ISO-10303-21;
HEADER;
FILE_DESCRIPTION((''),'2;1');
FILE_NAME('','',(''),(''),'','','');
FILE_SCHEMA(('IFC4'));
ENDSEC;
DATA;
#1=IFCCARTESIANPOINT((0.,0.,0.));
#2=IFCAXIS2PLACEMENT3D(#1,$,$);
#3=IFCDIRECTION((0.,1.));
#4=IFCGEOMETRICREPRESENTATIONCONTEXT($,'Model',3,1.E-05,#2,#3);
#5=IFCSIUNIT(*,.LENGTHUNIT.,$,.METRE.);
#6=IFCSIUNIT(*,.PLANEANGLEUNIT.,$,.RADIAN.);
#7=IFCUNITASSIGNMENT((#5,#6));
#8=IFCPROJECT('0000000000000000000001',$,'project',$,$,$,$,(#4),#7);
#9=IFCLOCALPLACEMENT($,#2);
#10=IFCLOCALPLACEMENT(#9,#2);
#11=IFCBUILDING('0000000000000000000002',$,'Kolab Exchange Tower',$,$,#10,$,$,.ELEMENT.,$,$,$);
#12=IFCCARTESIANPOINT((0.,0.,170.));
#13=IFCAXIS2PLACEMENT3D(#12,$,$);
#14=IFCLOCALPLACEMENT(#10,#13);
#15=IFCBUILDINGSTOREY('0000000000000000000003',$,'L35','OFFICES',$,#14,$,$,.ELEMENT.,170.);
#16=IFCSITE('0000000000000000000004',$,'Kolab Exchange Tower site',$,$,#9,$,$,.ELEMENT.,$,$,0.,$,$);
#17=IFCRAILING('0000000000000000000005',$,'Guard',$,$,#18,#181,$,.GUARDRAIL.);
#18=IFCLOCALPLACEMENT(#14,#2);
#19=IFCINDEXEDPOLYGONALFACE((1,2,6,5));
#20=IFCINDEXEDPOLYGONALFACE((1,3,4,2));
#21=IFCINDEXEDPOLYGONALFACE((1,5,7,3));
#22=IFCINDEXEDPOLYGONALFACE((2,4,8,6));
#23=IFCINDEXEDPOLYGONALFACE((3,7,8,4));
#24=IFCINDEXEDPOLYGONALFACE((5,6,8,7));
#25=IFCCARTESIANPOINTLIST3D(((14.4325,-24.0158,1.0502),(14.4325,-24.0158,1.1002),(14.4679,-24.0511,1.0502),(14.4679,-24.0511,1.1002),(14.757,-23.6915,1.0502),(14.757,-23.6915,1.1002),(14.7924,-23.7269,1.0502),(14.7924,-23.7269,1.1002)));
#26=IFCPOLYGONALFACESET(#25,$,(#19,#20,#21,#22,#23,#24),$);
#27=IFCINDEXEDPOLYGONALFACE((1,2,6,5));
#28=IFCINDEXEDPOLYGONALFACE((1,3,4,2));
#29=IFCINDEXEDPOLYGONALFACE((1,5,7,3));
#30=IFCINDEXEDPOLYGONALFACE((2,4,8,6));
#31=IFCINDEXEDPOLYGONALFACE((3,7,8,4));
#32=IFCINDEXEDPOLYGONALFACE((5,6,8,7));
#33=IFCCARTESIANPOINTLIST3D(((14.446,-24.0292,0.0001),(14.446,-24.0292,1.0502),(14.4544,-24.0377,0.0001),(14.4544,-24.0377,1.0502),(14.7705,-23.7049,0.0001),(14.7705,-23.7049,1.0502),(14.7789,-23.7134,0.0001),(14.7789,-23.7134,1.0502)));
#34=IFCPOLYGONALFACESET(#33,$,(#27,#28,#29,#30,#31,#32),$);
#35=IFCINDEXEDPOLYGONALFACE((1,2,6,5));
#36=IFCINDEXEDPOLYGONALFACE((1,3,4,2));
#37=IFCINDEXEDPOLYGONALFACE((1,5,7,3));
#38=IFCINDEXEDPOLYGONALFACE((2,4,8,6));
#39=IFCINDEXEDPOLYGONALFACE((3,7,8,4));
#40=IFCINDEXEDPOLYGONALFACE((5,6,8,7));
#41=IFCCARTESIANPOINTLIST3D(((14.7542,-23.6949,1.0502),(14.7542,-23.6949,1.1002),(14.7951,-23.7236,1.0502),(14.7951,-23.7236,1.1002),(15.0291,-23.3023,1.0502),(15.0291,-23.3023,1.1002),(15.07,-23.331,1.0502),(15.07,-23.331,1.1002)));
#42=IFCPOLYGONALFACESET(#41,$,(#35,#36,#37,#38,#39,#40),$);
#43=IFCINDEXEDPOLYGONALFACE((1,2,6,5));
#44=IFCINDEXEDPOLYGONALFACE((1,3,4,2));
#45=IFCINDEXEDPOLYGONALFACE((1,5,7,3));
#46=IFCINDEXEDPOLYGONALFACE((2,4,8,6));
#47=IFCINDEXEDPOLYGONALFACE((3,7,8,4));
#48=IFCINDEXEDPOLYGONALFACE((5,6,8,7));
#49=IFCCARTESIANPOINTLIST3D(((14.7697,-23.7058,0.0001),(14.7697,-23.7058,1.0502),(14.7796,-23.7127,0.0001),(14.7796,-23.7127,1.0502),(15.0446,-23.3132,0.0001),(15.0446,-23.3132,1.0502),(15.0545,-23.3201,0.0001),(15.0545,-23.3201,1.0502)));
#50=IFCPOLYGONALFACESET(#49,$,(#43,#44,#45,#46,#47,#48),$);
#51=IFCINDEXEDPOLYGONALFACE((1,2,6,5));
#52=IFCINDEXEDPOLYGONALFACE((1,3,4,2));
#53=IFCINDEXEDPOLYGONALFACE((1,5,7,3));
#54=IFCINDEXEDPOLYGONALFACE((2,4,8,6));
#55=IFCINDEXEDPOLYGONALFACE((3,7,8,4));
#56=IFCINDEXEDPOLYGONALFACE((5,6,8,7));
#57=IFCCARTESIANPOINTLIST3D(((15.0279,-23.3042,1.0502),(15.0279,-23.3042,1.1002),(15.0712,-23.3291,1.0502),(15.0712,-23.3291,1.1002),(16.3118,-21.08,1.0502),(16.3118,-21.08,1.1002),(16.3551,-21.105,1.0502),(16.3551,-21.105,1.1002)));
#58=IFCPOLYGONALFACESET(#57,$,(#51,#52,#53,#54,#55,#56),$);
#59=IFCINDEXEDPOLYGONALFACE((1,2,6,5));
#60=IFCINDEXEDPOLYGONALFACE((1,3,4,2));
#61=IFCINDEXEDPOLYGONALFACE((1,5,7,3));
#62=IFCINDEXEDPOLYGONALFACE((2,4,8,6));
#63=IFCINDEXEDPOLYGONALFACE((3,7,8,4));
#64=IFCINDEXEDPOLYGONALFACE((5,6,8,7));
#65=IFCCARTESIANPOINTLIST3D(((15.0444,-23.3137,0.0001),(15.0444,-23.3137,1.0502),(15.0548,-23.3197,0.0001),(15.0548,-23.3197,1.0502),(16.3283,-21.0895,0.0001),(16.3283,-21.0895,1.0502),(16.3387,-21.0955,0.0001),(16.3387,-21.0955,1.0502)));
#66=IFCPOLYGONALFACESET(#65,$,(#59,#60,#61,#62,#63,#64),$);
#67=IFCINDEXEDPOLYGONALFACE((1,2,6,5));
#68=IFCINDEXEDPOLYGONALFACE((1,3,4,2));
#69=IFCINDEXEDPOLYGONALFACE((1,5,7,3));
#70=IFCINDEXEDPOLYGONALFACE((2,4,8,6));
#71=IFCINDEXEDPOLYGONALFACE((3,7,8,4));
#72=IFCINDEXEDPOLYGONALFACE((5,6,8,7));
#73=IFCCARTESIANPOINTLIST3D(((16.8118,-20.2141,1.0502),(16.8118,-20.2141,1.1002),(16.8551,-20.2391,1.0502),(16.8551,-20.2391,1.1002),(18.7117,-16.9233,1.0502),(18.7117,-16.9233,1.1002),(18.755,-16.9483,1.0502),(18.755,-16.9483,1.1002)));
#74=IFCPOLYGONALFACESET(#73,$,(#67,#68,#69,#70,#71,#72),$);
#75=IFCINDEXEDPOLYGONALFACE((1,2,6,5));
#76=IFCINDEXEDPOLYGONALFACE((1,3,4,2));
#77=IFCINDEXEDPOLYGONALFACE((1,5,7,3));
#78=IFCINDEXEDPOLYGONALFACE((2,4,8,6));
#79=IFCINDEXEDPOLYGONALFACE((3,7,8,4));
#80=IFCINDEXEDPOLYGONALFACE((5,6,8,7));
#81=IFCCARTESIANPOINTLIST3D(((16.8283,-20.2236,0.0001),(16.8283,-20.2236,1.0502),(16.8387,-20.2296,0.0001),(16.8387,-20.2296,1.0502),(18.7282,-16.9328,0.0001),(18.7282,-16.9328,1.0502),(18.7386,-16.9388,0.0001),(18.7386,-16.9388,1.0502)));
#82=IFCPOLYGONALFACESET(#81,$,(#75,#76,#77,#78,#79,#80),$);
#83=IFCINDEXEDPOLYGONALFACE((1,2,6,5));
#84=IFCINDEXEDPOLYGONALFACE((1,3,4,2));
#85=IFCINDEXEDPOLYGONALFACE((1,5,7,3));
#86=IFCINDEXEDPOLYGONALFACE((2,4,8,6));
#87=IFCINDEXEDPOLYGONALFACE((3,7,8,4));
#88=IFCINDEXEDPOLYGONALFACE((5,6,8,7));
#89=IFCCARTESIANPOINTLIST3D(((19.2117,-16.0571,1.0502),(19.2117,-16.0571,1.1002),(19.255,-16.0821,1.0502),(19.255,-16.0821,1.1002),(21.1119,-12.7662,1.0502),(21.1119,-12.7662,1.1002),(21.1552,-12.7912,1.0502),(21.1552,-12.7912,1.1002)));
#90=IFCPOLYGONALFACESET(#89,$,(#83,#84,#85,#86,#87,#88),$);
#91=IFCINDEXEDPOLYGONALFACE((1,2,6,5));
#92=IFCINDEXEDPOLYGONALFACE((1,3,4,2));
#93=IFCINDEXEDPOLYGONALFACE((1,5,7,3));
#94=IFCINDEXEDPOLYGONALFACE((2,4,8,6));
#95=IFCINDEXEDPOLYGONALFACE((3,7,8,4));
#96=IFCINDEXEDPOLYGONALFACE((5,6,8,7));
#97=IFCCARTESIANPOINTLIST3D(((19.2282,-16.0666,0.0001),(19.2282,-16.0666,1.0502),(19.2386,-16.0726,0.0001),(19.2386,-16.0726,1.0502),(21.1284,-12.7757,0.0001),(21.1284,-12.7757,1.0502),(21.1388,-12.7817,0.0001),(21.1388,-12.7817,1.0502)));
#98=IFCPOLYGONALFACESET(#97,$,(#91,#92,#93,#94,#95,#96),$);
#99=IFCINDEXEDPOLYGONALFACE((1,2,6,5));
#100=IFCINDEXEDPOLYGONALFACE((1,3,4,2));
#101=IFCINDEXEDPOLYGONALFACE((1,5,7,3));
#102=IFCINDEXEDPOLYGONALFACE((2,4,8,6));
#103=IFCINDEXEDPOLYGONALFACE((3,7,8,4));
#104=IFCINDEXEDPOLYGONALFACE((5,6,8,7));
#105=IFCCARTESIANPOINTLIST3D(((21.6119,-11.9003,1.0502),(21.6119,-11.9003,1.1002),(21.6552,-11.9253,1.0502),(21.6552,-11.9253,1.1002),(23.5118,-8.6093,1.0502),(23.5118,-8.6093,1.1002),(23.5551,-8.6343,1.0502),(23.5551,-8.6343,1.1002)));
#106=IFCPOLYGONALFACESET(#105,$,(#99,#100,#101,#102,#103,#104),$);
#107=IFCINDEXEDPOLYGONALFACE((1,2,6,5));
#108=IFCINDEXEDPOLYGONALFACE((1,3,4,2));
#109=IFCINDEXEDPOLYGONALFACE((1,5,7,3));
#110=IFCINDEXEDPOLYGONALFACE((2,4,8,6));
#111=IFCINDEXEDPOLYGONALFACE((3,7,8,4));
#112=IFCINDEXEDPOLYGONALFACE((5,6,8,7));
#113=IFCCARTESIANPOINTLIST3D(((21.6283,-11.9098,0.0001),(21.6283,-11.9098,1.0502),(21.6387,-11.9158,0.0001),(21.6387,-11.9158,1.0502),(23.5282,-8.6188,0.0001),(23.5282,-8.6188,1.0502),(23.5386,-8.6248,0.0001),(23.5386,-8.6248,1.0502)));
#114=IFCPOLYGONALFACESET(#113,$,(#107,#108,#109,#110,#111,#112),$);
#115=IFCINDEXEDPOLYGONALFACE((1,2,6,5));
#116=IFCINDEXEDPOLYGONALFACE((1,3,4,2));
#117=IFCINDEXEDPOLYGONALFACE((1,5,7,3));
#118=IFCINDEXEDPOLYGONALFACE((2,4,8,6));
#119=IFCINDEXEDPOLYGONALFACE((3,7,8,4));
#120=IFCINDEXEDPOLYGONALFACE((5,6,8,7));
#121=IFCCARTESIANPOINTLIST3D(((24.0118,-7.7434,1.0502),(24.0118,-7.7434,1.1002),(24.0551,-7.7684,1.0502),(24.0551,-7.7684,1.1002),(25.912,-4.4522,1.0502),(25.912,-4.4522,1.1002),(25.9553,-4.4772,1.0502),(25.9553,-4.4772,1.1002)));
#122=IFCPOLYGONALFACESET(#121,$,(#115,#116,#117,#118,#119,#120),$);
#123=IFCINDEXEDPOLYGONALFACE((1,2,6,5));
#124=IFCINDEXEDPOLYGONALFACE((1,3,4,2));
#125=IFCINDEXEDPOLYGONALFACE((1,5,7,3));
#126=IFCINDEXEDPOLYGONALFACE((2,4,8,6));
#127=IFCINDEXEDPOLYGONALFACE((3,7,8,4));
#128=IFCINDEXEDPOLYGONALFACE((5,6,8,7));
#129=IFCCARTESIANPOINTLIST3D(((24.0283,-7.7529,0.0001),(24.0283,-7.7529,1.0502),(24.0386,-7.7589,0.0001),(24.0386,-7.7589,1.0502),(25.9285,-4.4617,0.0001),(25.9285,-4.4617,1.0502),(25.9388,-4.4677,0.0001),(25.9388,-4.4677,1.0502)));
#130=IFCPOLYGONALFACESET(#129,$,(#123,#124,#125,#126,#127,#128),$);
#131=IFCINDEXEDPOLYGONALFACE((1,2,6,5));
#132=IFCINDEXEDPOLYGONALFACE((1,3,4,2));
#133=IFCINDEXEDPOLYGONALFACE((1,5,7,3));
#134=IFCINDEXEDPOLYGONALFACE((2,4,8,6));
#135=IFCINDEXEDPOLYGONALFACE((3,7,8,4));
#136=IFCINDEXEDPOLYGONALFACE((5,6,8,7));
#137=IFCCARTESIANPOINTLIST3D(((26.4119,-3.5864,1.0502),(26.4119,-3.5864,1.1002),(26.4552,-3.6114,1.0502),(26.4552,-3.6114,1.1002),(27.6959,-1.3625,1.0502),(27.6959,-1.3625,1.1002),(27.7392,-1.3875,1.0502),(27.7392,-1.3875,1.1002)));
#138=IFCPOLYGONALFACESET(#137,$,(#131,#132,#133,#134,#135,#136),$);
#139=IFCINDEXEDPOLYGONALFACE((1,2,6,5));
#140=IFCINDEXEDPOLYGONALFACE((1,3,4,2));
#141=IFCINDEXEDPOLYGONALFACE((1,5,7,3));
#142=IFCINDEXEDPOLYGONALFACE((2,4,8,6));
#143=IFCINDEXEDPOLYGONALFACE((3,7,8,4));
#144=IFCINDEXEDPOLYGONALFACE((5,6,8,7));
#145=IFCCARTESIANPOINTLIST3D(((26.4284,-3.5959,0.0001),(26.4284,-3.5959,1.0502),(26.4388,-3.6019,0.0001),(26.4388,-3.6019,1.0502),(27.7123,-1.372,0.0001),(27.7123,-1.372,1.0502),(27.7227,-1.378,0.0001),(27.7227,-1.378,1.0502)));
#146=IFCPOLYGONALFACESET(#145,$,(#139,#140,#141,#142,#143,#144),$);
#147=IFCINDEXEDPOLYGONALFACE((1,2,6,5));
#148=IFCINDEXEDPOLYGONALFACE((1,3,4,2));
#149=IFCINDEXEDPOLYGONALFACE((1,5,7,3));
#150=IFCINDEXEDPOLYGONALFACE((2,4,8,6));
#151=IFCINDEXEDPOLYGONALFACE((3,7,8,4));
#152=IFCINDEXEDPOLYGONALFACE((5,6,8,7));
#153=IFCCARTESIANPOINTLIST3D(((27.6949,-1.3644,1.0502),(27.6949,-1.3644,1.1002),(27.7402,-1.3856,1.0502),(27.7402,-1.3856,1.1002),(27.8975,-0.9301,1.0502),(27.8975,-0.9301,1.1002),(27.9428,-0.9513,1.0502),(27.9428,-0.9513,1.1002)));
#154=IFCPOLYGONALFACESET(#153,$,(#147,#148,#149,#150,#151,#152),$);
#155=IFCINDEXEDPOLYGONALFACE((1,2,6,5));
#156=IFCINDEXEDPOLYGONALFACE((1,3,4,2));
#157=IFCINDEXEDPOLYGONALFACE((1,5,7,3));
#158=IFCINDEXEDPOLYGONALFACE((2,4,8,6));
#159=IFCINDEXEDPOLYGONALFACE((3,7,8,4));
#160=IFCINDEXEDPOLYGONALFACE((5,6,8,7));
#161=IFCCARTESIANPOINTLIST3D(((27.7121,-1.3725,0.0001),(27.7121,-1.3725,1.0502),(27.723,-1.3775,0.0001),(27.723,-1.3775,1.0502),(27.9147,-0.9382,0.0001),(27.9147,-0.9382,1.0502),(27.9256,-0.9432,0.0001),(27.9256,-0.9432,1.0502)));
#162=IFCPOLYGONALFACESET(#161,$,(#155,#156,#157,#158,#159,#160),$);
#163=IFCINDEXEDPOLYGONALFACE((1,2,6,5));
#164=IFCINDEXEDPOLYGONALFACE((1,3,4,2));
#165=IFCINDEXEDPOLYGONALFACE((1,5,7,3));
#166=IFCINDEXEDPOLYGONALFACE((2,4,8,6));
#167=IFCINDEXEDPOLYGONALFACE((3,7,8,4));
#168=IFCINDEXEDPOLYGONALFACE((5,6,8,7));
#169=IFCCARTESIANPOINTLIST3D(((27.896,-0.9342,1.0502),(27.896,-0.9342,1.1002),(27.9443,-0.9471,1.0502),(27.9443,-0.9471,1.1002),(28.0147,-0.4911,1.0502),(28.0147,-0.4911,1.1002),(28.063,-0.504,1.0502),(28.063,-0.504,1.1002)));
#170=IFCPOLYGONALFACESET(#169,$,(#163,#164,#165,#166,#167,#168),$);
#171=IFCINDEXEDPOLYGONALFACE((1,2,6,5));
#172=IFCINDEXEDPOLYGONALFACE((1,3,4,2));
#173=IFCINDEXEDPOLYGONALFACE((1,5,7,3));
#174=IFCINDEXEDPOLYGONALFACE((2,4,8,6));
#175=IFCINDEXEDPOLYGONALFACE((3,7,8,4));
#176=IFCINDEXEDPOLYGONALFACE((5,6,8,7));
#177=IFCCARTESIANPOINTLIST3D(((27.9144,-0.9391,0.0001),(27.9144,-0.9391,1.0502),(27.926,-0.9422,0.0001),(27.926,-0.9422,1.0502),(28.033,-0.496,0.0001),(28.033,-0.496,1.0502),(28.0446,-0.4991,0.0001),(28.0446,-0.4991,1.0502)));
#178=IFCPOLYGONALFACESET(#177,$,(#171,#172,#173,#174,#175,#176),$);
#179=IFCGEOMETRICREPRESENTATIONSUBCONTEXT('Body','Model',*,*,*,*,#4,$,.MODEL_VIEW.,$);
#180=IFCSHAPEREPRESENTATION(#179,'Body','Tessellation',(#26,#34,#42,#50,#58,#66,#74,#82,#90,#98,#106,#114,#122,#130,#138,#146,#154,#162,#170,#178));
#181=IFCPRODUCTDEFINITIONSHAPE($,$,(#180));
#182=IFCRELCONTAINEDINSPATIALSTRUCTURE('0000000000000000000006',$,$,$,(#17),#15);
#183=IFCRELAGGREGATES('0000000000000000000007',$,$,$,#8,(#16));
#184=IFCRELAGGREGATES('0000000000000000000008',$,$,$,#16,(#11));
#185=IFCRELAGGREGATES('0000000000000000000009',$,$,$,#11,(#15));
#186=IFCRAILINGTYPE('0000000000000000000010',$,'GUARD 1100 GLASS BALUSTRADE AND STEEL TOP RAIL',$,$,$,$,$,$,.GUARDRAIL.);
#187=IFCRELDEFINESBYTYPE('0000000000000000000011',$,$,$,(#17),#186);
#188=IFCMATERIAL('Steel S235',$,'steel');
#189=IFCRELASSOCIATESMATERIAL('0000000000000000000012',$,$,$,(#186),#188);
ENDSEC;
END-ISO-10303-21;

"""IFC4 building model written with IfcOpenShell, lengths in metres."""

from ifc_helpers import new_model, si_unit, direction, frame, frame_2d, origin, origin_2d, place, context, subcontext, project, spatial, rectangle, extrude, material, type_object, element, save


model = new_model("IFC4")

# Units and contexts
model_context = context("Model", 3, precision=1e-05, world=origin(), true_north=direction((0.0, 1.0)))
body_context = subcontext(model_context, "Body", "Model", "MODEL_VIEW")
ifc_project = project(units=[si_unit("LENGTHUNIT", "METRE"), si_unit("PLANEANGLEUNIT", "RADIAN")], contexts=[model_context])

# Site, building, storey
site_placement = place(None, origin())
site = spatial("IfcSite", under=ifc_project, at=site_placement, Name="Kolab Exchange Tower site", CompositionType="ELEMENT", RefElevation=0.0)
building_placement = place(site_placement, origin())
building = spatial("IfcBuilding", under=site, at=building_placement, Name="Kolab Exchange Tower", CompositionType="ELEMENT")
storey_placement = place(building_placement, frame((0.0, 0.0, 170.0)))
storey = spatial("IfcBuildingStorey", under=building, at=storey_placement, Name="L35", Description="OFFICES", CompositionType="ELEMENT", Elevation=170.0)

# Railing
ifc_material_1 = material(Name="Steel S235", Category="steel")
railing_type = type_object("IfcRailingType", Name="GUARD 1100 GLASS BALUSTRADE AND STEEL TOP RAIL", PredefinedType="GUARDRAIL", material=ifc_material_1)
railing_placement = place(storey_placement, frame((14.4502, -24.0334, 0.0)))
element("IfcRailing", 1, at=railing_placement, inside=storey, type_object=railing_type, Name="Guard", PredefinedType="GUARDRAIL", context=body_context, shape_type="SweptSolid", body=[
    extrude(rectangle(XDim=0.05, YDim=0.05, at=origin_2d()), frame((0.0, 0.0, 1.0752), z_axis=(0.707373, 0.706841, 0.0), x_axis=(-0.706841, 0.707373, 0.0)), (0.0, 0.0, 1.0), 0.4587),
    extrude(rectangle(XDim=0.012, YDim=1.0501, at=frame_2d((0.0, 0.5251))), frame((0.0, 0.0, 0.0), z_axis=(0.707373, 0.706841, 0.0), x_axis=(-0.706841, 0.707373, 0.0)), (0.0, 0.0, 1.0), 0.4587),
    extrude(rectangle(XDim=0.05, YDim=0.05, at=origin_2d()), frame((0.3245, 0.3242, 1.0752), z_axis=(0.573599, 0.819136, 0.0), x_axis=(-0.819136, 0.573599, 0.0)), (0.0, 0.0, 1.0), 0.4792),
    extrude(rectangle(XDim=0.012, YDim=1.0501, at=frame_2d((0.0, 0.5251))), frame((0.3245, 0.3242, 0.0), z_axis=(0.573599, 0.819136, 0.0), x_axis=(-0.819136, 0.573599, 0.0)), (0.0, 0.0, 1.0), 0.4792),
    extrude(rectangle(XDim=0.05, YDim=0.05, at=origin_2d()), frame((0.5994, 0.7168, 1.0752), z_axis=(0.499953, 0.866053, 0.0), x_axis=(-0.866053, 0.499953, 0.0)), (0.0, 0.0, 1.0), 2.5681),
    extrude(rectangle(XDim=0.012, YDim=1.0501, at=frame_2d((0.0, 0.5251))), frame((0.5994, 0.7168, 0.0), z_axis=(0.499953, 0.866053, 0.0), x_axis=(-0.866053, 0.499953, 0.0)), (0.0, 0.0, 1.0), 2.5681),
    extrude(rectangle(XDim=0.05, YDim=0.05, at=origin_2d()), frame((2.3833, 3.8069, 1.0752), z_axis=(0.499995, 0.866028, 0.0), x_axis=(-0.866028, 0.499995, 0.0)), (0.0, 0.0, 1.0), 3.7998),
    extrude(rectangle(XDim=0.012, YDim=1.0501, at=frame_2d((0.0, 0.5251))), frame((2.3833, 3.8069, 0.0), z_axis=(0.499995, 0.866028, 0.0), x_axis=(-0.866028, 0.499995, 0.0)), (0.0, 0.0, 1.0), 3.7998),
    extrude(rectangle(XDim=0.05, YDim=0.05, at=origin_2d()), frame((4.7832, 7.9639, 1.0752), z_axis=(0.500043, 0.866, 0.0), x_axis=(-0.866, 0.500043, 0.0)), (0.0, 0.0, 1.0), 3.8),
    extrude(rectangle(XDim=0.012, YDim=1.0501, at=frame_2d((0.0, 0.5251))), frame((4.7832, 7.9639, 0.0), z_axis=(0.500043, 0.866, 0.0), x_axis=(-0.866, 0.500043, 0.0)), (0.0, 0.0, 1.0), 3.8),
    extrude(rectangle(XDim=0.05, YDim=0.05, at=origin_2d()), frame((7.1833, 12.1206, 1.0752), z_axis=(0.499967, 0.866044, 0.0), x_axis=(-0.866044, 0.499967, 0.0)), (0.0, 0.0, 1.0), 3.8),
    extrude(rectangle(XDim=0.012, YDim=1.0501, at=frame_2d((0.0, 0.5251))), frame((7.1833, 12.1206, 0.0), z_axis=(0.499967, 0.866044, 0.0), x_axis=(-0.866044, 0.499967, 0.0)), (0.0, 0.0, 1.0), 3.8),
    extrude(rectangle(XDim=0.05, YDim=0.05, at=origin_2d()), frame((9.5833, 16.2776, 1.0752), z_axis=(0.500015, 0.866017, 0.0), x_axis=(-0.866017, 0.500015, 0.0)), (0.0, 0.0, 1.0), 3.8003),
    extrude(rectangle(XDim=0.012, YDim=1.0501, at=frame_2d((0.0, 0.5251))), frame((9.5833, 16.2776, 0.0), z_axis=(0.500015, 0.866017, 0.0), x_axis=(-0.866017, 0.500015, 0.0)), (0.0, 0.0, 1.0), 3.8003),
    extrude(rectangle(XDim=0.05, YDim=0.05, at=origin_2d()), frame((11.9834, 20.4346, 1.0752), z_axis=(0.499994, 0.866029, 0.0), x_axis=(-0.866029, 0.499994, 0.0)), (0.0, 0.0, 1.0), 2.5679),
    extrude(rectangle(XDim=0.012, YDim=1.0501, at=frame_2d((0.0, 0.5251))), frame((11.9834, 20.4346, 0.0), z_axis=(0.499994, 0.866029, 0.0), x_axis=(-0.866029, 0.499994, 0.0)), (0.0, 0.0, 1.0), 2.5679),
    extrude(rectangle(XDim=0.05, YDim=0.05, at=origin_2d()), frame((13.2673, 22.6584, 1.0752), z_axis=(0.422802, 0.906222, 0.0), x_axis=(-0.906222, 0.422802, 0.0)), (0.0, 0.0, 1.0), 0.4792),
    extrude(rectangle(XDim=0.012, YDim=1.0501, at=frame_2d((0.0, 0.5251))), frame((13.2673, 22.6584, 0.0), z_axis=(0.422802, 0.906222, 0.0), x_axis=(-0.906222, 0.422802, 0.0)), (0.0, 0.0, 1.0), 0.4792),
    extrude(rectangle(XDim=0.05, YDim=0.05, at=origin_2d()), frame((13.47, 23.0928, 1.0752), z_axis=(0.258656, 0.965969, 0.0), x_axis=(-0.965969, 0.258656, 0.0)), (0.0, 0.0, 1.0), 0.4587),
    extrude(rectangle(XDim=0.012, YDim=1.0501, at=frame_2d((0.0, 0.5251))), frame((13.47, 23.0928, 0.0), z_axis=(0.258656, 0.965969, 0.0), x_axis=(-0.965969, 0.258656, 0.0)), (0.0, 0.0, 1.0), 0.4587),
])

save(model, "model.ifc")
